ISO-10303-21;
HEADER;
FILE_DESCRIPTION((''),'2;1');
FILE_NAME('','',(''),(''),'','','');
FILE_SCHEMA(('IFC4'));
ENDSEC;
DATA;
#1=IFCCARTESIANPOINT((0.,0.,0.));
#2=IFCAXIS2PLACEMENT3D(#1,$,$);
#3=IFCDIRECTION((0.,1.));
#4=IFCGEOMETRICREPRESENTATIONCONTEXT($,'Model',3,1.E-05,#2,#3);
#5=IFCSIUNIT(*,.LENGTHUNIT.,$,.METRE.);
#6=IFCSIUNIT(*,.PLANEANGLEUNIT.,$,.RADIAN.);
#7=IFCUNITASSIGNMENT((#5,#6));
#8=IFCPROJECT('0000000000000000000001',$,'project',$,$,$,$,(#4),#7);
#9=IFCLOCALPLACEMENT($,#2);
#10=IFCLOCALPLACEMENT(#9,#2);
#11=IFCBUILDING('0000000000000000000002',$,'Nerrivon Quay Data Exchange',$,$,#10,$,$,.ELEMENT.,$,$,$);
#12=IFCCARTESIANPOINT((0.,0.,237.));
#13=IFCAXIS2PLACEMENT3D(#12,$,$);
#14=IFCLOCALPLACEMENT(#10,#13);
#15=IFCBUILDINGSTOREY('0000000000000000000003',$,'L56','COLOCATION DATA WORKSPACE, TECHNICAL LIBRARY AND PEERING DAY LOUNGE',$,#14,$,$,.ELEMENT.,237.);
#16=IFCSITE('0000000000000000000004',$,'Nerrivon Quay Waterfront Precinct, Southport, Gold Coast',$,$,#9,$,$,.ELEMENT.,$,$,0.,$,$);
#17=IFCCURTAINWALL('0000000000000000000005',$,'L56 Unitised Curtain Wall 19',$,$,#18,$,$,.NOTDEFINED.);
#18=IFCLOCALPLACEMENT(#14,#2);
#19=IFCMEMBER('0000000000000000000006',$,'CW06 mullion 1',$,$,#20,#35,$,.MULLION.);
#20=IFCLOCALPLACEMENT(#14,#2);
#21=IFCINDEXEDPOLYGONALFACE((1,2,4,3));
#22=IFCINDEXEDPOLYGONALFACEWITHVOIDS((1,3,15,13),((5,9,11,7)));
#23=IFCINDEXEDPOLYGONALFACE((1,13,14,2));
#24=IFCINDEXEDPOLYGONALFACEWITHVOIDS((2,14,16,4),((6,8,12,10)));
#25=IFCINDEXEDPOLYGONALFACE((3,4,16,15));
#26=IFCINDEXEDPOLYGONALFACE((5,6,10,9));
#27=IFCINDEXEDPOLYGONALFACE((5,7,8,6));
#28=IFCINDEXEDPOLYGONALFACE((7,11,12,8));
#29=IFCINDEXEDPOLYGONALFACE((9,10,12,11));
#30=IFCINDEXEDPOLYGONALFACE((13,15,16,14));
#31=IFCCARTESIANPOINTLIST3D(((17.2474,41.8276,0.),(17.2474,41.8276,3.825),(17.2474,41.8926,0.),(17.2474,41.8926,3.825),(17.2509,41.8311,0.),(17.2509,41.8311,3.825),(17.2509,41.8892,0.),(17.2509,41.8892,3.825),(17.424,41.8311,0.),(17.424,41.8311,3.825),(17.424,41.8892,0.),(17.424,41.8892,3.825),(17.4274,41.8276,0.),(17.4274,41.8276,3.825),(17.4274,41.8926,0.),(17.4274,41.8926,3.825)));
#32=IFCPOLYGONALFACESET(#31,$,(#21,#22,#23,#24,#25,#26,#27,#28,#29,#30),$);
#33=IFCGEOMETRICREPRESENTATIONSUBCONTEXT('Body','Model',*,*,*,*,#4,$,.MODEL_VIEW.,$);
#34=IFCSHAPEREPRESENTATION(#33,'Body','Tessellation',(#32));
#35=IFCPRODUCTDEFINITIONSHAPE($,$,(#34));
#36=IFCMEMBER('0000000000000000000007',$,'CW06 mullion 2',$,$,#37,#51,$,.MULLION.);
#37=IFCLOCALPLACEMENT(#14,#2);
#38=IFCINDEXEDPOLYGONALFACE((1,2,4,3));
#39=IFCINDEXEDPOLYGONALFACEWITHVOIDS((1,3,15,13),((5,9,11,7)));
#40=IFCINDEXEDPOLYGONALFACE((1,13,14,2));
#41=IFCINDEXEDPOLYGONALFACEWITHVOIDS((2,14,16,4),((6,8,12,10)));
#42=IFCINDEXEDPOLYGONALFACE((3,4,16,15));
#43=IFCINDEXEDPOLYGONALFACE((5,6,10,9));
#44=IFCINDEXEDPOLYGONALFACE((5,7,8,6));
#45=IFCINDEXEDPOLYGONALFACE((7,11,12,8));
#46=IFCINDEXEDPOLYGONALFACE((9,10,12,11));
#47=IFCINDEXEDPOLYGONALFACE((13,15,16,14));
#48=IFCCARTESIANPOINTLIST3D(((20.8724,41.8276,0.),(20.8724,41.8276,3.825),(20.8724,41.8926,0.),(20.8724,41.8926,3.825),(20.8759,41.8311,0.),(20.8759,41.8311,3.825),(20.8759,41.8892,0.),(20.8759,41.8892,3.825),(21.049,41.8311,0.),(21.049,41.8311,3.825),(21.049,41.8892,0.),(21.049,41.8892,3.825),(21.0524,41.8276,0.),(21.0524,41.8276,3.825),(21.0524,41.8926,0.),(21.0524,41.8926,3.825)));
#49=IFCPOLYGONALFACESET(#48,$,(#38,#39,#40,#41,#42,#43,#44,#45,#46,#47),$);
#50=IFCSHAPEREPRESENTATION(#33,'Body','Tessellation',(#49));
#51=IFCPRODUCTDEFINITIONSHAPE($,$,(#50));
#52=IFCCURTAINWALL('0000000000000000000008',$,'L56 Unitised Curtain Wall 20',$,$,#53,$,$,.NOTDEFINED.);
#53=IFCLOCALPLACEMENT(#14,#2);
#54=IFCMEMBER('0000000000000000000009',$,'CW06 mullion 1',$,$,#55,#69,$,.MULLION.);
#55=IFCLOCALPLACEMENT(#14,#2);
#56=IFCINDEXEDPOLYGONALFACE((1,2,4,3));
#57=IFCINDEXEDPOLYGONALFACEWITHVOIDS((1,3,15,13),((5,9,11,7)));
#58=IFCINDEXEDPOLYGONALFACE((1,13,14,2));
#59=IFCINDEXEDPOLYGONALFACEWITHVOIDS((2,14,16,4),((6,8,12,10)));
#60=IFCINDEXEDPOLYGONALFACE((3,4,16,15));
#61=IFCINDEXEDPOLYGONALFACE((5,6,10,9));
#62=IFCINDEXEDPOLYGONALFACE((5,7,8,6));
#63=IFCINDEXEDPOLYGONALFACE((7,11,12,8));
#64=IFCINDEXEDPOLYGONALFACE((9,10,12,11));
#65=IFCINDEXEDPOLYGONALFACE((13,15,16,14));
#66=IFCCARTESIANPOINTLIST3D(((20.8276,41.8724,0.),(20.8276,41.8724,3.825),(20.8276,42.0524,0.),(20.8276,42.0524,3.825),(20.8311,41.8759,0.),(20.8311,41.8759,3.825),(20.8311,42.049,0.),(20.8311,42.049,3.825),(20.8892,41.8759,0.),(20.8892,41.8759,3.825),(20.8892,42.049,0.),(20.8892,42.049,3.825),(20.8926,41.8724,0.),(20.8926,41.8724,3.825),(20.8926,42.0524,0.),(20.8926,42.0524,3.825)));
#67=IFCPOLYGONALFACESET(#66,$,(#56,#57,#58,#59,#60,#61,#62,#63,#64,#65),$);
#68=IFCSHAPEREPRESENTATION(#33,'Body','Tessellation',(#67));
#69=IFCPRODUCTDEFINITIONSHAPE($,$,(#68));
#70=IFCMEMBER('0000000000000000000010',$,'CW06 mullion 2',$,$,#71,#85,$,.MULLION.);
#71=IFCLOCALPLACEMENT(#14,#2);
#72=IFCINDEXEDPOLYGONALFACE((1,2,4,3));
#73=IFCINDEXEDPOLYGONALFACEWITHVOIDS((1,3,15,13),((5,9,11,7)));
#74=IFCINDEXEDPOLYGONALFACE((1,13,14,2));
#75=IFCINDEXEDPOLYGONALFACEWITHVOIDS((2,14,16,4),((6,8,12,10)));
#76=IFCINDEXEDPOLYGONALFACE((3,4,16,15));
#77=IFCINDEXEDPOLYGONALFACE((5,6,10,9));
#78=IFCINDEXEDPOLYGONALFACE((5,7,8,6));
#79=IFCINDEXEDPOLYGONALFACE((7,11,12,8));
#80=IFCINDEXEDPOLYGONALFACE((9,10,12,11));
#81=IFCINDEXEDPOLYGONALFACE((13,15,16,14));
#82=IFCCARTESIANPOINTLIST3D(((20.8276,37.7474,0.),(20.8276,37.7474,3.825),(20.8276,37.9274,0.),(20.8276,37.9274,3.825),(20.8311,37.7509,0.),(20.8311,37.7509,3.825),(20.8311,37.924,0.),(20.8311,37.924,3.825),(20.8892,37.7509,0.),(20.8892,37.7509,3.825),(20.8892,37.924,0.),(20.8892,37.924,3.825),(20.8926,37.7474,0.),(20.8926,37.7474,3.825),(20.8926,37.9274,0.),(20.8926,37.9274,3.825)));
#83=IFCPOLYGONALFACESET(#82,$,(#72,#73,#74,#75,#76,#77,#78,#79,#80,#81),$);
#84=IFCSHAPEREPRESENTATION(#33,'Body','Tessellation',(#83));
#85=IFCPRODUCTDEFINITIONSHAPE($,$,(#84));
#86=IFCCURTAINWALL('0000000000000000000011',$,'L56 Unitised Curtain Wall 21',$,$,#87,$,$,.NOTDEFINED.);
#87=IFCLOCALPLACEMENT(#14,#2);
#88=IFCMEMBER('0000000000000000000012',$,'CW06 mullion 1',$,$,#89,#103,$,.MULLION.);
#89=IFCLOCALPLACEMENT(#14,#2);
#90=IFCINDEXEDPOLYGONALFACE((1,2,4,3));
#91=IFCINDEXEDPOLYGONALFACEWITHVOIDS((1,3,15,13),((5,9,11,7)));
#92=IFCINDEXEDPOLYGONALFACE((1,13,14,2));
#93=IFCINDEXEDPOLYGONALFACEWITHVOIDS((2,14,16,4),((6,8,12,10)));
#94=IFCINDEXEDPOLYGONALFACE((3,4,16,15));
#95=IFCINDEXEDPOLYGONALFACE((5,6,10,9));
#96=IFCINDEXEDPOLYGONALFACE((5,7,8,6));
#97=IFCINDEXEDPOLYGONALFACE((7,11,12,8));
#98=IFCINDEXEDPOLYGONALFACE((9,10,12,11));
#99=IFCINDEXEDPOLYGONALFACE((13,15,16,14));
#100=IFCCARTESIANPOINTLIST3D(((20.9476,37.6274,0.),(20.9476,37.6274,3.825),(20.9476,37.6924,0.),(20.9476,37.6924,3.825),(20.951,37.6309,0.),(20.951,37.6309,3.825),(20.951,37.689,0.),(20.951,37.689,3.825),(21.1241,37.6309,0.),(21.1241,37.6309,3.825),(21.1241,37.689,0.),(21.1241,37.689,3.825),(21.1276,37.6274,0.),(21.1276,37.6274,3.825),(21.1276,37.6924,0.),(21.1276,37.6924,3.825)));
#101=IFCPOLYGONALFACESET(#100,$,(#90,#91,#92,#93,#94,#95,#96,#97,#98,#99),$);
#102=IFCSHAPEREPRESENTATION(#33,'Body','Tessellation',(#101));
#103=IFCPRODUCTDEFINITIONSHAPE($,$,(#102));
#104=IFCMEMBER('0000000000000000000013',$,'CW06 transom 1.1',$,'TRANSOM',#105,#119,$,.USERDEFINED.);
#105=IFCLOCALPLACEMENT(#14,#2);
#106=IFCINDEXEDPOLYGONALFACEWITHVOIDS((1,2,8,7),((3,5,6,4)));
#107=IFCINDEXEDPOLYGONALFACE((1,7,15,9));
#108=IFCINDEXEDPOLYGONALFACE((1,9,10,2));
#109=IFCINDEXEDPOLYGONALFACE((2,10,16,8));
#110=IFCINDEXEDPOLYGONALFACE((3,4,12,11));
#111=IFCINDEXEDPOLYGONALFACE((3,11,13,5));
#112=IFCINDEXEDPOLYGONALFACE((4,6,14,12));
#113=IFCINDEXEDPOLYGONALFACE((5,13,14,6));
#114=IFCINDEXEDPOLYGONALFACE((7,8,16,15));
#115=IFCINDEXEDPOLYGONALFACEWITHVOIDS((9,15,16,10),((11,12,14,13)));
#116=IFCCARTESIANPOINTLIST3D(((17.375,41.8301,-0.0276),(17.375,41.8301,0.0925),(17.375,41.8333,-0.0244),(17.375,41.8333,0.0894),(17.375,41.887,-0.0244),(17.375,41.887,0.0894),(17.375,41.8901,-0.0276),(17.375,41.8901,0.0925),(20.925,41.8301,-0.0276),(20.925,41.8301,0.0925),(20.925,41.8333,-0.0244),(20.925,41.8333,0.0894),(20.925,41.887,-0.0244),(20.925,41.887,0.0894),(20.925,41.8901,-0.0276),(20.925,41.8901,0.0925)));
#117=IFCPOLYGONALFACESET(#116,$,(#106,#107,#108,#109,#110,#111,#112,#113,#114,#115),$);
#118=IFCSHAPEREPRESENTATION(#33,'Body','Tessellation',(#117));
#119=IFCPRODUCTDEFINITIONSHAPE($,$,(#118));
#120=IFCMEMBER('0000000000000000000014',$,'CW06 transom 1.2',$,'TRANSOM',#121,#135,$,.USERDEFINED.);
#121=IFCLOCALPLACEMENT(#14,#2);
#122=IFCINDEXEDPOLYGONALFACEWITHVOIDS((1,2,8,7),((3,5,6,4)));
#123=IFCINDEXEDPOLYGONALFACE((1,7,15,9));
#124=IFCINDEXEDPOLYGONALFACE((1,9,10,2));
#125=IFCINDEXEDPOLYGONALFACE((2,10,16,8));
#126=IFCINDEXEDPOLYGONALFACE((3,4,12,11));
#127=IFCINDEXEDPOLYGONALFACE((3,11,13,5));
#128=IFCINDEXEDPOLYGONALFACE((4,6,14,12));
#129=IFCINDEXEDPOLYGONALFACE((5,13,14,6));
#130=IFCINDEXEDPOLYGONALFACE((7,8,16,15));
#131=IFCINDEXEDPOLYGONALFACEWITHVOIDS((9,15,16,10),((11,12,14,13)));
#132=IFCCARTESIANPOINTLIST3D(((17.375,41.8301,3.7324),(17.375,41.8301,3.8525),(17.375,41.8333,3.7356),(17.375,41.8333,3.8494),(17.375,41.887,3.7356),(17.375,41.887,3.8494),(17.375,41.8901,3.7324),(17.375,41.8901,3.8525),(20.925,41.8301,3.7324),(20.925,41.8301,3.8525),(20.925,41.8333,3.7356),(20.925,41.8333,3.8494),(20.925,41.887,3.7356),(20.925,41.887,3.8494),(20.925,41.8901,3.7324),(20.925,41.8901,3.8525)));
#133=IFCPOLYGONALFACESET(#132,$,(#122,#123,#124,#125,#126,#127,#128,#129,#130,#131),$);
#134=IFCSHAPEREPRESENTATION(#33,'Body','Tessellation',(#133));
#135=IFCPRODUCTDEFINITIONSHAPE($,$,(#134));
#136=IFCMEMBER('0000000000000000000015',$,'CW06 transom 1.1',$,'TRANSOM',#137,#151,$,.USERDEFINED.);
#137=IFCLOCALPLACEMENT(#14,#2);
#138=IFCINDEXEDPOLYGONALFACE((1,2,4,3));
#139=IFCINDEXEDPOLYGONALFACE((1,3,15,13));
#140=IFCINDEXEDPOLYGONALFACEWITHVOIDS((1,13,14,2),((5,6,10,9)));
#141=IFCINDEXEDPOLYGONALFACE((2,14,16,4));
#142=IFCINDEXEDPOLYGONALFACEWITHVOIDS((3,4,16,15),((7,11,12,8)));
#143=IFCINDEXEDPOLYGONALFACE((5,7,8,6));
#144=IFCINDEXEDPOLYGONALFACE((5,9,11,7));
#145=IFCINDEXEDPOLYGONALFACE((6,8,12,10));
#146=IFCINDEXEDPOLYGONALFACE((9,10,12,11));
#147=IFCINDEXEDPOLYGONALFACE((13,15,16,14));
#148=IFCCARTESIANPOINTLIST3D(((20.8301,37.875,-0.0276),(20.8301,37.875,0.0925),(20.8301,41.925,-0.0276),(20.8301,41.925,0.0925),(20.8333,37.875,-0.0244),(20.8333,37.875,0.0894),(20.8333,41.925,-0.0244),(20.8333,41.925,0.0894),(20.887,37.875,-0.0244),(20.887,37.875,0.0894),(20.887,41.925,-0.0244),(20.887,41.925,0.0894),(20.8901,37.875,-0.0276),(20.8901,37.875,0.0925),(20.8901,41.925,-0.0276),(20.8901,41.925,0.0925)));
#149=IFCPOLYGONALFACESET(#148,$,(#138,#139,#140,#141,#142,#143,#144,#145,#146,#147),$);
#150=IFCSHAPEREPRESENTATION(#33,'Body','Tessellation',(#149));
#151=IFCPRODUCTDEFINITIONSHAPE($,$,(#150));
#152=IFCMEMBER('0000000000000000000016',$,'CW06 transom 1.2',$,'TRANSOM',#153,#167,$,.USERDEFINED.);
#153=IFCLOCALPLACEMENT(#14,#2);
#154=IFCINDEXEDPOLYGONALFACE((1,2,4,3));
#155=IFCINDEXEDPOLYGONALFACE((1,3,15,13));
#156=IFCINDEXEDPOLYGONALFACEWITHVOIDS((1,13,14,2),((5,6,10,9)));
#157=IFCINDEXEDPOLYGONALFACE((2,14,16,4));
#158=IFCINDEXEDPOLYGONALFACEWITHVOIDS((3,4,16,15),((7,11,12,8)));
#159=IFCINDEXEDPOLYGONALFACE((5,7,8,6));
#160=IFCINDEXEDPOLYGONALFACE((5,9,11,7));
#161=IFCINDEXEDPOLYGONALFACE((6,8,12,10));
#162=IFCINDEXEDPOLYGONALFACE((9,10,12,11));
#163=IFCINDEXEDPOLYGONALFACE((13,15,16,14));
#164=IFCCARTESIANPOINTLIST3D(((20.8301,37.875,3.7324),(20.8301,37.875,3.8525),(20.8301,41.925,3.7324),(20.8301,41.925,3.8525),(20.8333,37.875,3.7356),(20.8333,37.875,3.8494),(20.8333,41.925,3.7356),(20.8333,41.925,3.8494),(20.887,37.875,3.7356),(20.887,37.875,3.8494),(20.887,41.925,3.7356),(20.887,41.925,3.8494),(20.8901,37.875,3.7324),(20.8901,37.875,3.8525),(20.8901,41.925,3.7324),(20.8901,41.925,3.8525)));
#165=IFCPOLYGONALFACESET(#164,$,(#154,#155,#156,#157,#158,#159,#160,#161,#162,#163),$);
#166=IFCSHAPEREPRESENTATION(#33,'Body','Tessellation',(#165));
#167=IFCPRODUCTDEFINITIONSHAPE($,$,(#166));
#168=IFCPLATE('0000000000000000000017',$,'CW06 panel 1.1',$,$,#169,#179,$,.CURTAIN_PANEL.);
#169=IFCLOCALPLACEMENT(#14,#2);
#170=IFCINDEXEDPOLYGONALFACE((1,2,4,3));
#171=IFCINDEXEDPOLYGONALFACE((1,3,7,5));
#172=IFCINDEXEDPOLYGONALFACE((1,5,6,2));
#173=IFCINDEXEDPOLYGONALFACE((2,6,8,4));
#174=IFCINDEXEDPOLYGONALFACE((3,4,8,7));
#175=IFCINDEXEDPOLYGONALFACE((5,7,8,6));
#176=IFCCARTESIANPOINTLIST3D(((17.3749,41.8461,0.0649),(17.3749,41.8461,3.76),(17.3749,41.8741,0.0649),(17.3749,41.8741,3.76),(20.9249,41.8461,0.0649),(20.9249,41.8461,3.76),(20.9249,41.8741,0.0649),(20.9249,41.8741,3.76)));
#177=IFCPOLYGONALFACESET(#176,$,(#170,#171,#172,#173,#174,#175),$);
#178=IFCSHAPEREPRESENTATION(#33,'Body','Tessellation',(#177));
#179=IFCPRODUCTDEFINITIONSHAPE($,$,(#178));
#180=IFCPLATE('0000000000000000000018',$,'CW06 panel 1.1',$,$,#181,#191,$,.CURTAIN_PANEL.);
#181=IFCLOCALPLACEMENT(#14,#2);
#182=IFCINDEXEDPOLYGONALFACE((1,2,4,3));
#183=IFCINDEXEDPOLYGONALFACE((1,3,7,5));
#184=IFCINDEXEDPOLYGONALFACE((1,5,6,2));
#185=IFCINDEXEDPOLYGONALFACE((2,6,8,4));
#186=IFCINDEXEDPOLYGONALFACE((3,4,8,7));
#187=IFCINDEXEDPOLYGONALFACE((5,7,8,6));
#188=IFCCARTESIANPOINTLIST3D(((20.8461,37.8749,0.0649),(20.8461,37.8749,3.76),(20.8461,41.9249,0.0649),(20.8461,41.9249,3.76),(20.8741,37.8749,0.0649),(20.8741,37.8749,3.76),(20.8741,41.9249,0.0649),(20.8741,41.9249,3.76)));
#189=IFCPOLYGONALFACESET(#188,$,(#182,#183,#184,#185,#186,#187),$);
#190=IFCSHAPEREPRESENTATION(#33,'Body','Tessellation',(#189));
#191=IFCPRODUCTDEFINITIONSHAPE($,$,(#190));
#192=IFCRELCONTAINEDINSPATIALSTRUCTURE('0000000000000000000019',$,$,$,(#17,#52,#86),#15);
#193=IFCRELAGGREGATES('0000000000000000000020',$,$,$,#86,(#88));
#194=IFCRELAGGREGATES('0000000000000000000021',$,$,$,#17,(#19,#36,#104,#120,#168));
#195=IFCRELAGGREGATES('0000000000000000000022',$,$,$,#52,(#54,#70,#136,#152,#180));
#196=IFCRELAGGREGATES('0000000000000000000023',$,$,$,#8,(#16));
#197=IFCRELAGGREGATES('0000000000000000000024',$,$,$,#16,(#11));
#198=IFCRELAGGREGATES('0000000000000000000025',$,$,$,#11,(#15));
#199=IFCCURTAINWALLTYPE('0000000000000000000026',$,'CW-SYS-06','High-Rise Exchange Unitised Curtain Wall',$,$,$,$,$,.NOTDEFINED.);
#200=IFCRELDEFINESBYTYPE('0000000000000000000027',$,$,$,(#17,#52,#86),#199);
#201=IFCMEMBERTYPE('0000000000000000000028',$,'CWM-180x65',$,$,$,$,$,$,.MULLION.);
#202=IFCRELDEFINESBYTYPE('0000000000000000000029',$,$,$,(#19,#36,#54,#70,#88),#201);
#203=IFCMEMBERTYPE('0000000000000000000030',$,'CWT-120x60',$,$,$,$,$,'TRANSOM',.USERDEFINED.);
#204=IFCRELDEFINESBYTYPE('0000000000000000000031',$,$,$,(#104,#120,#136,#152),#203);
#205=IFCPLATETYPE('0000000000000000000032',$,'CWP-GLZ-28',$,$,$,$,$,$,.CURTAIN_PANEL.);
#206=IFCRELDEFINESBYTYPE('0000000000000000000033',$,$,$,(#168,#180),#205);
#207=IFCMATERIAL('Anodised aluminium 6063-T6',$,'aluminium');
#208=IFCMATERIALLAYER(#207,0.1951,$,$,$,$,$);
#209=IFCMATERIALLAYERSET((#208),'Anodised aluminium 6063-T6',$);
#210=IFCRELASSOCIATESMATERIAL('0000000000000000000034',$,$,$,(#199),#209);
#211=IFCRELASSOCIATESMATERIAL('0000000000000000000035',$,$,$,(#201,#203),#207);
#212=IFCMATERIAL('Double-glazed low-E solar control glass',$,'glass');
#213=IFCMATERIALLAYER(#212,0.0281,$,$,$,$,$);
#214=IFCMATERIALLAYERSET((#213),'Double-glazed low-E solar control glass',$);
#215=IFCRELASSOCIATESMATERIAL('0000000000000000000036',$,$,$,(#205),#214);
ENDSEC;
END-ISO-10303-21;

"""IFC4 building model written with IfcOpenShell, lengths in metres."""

from ifc_helpers import new_model, si_unit, direction, frame, origin, origin_2d, place, context, subcontext, project, spatial, rectangle, hollow_rectangle, extrude, material, layer, layer_set, material_profile, profile_set, type_object, element, aggregate, save


model = new_model("IFC4")

# Units and contexts
model_context = context("Model", 3, precision=1e-05, world=origin(), true_north=direction((0.0, 1.0)))
body_context = subcontext(model_context, "Body", "Model", "MODEL_VIEW")
ifc_project = project(units=[si_unit("LENGTHUNIT", "METRE"), si_unit("PLANEANGLEUNIT", "RADIAN")], contexts=[model_context])

# Site, building, storey
site_placement = place(None, origin())
site = spatial("IfcSite", under=ifc_project, at=site_placement, Name="Nerrivon Quay Waterfront Precinct, Southport, Gold Coast", CompositionType="ELEMENT", RefElevation=0.0)
building_placement = place(site_placement, origin())
building = spatial("IfcBuilding", under=site, at=building_placement, Name="Nerrivon Quay Data Exchange", CompositionType="ELEMENT")
storey_placement = place(building_placement, frame((0.0, 0.0, 237.0)))
storey = spatial("IfcBuildingStorey", under=building, at=storey_placement, Name="L56", Description="COLOCATION DATA WORKSPACE, TECHNICAL LIBRARY AND PEERING DAY LOUNGE", CompositionType="ELEMENT", Elevation=237.0)

# Curtain walls, members
ifc_material_1 = material(Name="Anodised aluminium 6063-T6", Category="aluminium")
ifc_layer_1 = layer(ifc_material_1, 0.1951)
ifc_layer_set_1 = layer_set([ifc_layer_1], Name="Anodised aluminium 6063-T6")
curtain_wall_type = type_object("IfcCurtainWallType", Name="CW-SYS-06", Description="High-Rise Exchange Unitised Curtain Wall", PredefinedType="NOTDEFINED", material=ifc_layer_set_1)
curtain_wall_1_placement = place(storey_placement, origin())
curtain_wall_1 = element("IfcCurtainWall", 1, at=curtain_wall_1_placement, inside=storey, type_object=curtain_wall_type, Name="L56 Unitised Curtain Wall 19", PredefinedType="NOTDEFINED")
ifc_material_profile_1 = material_profile(ifc_material_1, hollow_rectangle(XDim=0.0649, YDim=0.1799, WallThickness=0.0034, at=origin_2d()), Name="ALU-MULL-180x65")
ifc_profile_set_1 = profile_set([ifc_material_profile_1], Name="Anodised aluminium 6063-T6")
member_type_1 = type_object("IfcMemberType", Name="CWM-180x65", PredefinedType="MULLION", material=ifc_profile_set_1)
member_1_placement = place(storey_placement, frame((17.3374, 41.8601, 0.0), z_axis=(0.0, 0.0, 1.0), x_axis=(0.0, 1.0, 0.0)))
member_1 = element("IfcMember", 2, at=member_1_placement, type_object=member_type_1, Name="CW06 mullion 1", PredefinedType="MULLION", context=body_context, shape_type="SweptSolid", body=[
    extrude(hollow_rectangle(XDim=0.0649, YDim=0.1799, WallThickness=0.0034, at=origin_2d()), origin(), (0.0, 0.0, 1.0), 3.825),
])
member_2_placement = place(storey_placement, frame((20.9624, 41.8601, 0.0), z_axis=(0.0, 0.0, 1.0), x_axis=(0.0, 1.0, 0.0)))
member_2 = element("IfcMember", 3, at=member_2_placement, type_object=member_type_1, Name="CW06 mullion 2", PredefinedType="MULLION", context=body_context, shape_type="SweptSolid", body=[
    extrude(hollow_rectangle(XDim=0.0649, YDim=0.1799, WallThickness=0.0034, at=origin_2d()), origin(), (0.0, 0.0, 1.0), 3.825),
])
curtain_wall_2_placement = place(storey_placement, origin())
curtain_wall_2 = element("IfcCurtainWall", 4, at=curtain_wall_2_placement, inside=storey, type_object=curtain_wall_type, Name="L56 Unitised Curtain Wall 20", PredefinedType="NOTDEFINED")
member_3_placement = place(storey_placement, frame((20.8601, 41.9624, 0.0), z_axis=(0.0, 0.0, 1.0), x_axis=(1.0, 0.0, 0.0)))
member_3 = element("IfcMember", 5, at=member_3_placement, type_object=member_type_1, Name="CW06 mullion 1", PredefinedType="MULLION", context=body_context, shape_type="SweptSolid", body=[
    extrude(hollow_rectangle(XDim=0.0649, YDim=0.1799, WallThickness=0.0034, at=origin_2d()), origin(), (0.0, 0.0, 1.0), 3.825),
])
member_4_placement = place(storey_placement, frame((20.8601, 37.8374, 0.0), z_axis=(0.0, 0.0, 1.0), x_axis=(1.0, 0.0, 0.0)))
member_4 = element("IfcMember", 6, at=member_4_placement, type_object=member_type_1, Name="CW06 mullion 2", PredefinedType="MULLION", context=body_context, shape_type="SweptSolid", body=[
    extrude(hollow_rectangle(XDim=0.0649, YDim=0.1799, WallThickness=0.0034, at=origin_2d()), origin(), (0.0, 0.0, 1.0), 3.825),
])

# Curtain wall, member
curtain_wall_3_placement = place(storey_placement, origin())
curtain_wall_3 = element("IfcCurtainWall", 7, at=curtain_wall_3_placement, inside=storey, type_object=curtain_wall_type, Name="L56 Unitised Curtain Wall 21", PredefinedType="NOTDEFINED")
member_5_placement = place(storey_placement, frame((21.0376, 37.6599, 0.0), z_axis=(0.0, 0.0, 1.0), x_axis=(0.0, 1.0, 0.0)))
member_5 = element("IfcMember", 8, at=member_5_placement, type_object=member_type_1, Name="CW06 mullion 1", PredefinedType="MULLION", context=body_context, shape_type="SweptSolid", body=[
    extrude(hollow_rectangle(XDim=0.0649, YDim=0.1799, WallThickness=0.0034, at=origin_2d()), origin(), (0.0, 0.0, 1.0), 3.825),
])
aggregate(curtain_wall_3, [member_5])

# Members
ifc_material_profile_2 = material_profile(ifc_material_1, hollow_rectangle(XDim=0.0601, YDim=0.1201, WallThickness=0.0032, at=origin_2d()), Name="ALU-TRAN-120x60")
ifc_profile_set_2 = profile_set([ifc_material_profile_2], Name="Anodised aluminium 6063-T6")
member_type_2 = type_object("IfcMemberType", Name="CWT-120x60", ElementType="TRANSOM", PredefinedType="USERDEFINED", material=ifc_profile_set_2)
member_6_placement = place(storey_placement, frame((17.375, 41.8601, 0.0325), z_axis=(1.0, 0.0, 0.0), x_axis=(0.0, 1.0, 0.0)))
member_6 = element("IfcMember", 9, at=member_6_placement, type_object=member_type_2, Name="CW06 transom 1.1", ObjectType="TRANSOM", PredefinedType="USERDEFINED", context=body_context, shape_type="SweptSolid", body=[
    extrude(hollow_rectangle(XDim=0.0601, YDim=0.1201, WallThickness=0.0032, at=origin_2d()), origin(), (0.0, 0.0, 1.0), 3.55),
])
member_7_placement = place(storey_placement, frame((17.375, 41.8601, 3.7925), z_axis=(1.0, 0.0, 0.0), x_axis=(0.0, 1.0, 0.0)))
member_7 = element("IfcMember", 10, at=member_7_placement, type_object=member_type_2, Name="CW06 transom 1.2", ObjectType="TRANSOM", PredefinedType="USERDEFINED", context=body_context, shape_type="SweptSolid", body=[
    extrude(hollow_rectangle(XDim=0.0601, YDim=0.1201, WallThickness=0.0032, at=origin_2d()), origin(), (0.0, 0.0, 1.0), 3.55),
])
member_8_placement = place(storey_placement, frame((20.8601, 41.925, 0.0325), z_axis=(0.0, -1.0, 0.0), x_axis=(1.0, 0.0, 0.0)))
member_8 = element("IfcMember", 11, at=member_8_placement, type_object=member_type_2, Name="CW06 transom 1.1", ObjectType="TRANSOM", PredefinedType="USERDEFINED", context=body_context, shape_type="SweptSolid", body=[
    extrude(hollow_rectangle(XDim=0.0601, YDim=0.1201, WallThickness=0.0032, at=origin_2d()), origin(), (0.0, 0.0, 1.0), 4.05),
])
member_9_placement = place(storey_placement, frame((20.8601, 41.925, 3.7925), z_axis=(0.0, -1.0, 0.0), x_axis=(1.0, 0.0, 0.0)))
member_9 = element("IfcMember", 12, at=member_9_placement, type_object=member_type_2, Name="CW06 transom 1.2", ObjectType="TRANSOM", PredefinedType="USERDEFINED", context=body_context, shape_type="SweptSolid", body=[
    extrude(hollow_rectangle(XDim=0.0601, YDim=0.1201, WallThickness=0.0032, at=origin_2d()), origin(), (0.0, 0.0, 1.0), 4.05),
])

# Plates
ifc_material_2 = material(Name="Double-glazed low-E solar control glass", Category="glass")
ifc_layer_2 = layer(ifc_material_2, 0.0281)
ifc_layer_set_2 = layer_set([ifc_layer_2], Name="Double-glazed low-E solar control glass")
plate_type = type_object("IfcPlateType", Name="CWP-GLZ-28", PredefinedType="CURTAIN_PANEL", material=ifc_layer_set_2)
plate_1_placement = place(storey_placement, frame((19.1499, 41.8601, 0.0649), z_axis=(0.0, 0.0, 1.0), x_axis=(1.0, 0.0, 0.0)))
plate_1 = element("IfcPlate", 13, at=plate_1_placement, type_object=plate_type, Name="CW06 panel 1.1", PredefinedType="CURTAIN_PANEL", context=body_context, shape_type="SweptSolid", body=[
    extrude(rectangle(XDim=3.55, YDim=0.0281, at=origin_2d()), origin(), (0.0, 0.0, 1.0), 3.6951),
])
aggregate(curtain_wall_1, [member_1, member_2, member_6, member_7, plate_1])
plate_2_placement = place(storey_placement, frame((20.8601, 39.8999, 0.0649), z_axis=(0.0, 0.0, 1.0), x_axis=(0.0, -1.0, 0.0)))
plate_2 = element("IfcPlate", 14, at=plate_2_placement, type_object=plate_type, Name="CW06 panel 1.1", PredefinedType="CURTAIN_PANEL", context=body_context, shape_type="SweptSolid", body=[
    extrude(rectangle(XDim=4.05, YDim=0.0281, at=origin_2d()), origin(), (0.0, 0.0, 1.0), 3.6951),
])
aggregate(curtain_wall_2, [member_3, member_4, member_8, member_9, plate_2])

save(model, "model.ifc")
